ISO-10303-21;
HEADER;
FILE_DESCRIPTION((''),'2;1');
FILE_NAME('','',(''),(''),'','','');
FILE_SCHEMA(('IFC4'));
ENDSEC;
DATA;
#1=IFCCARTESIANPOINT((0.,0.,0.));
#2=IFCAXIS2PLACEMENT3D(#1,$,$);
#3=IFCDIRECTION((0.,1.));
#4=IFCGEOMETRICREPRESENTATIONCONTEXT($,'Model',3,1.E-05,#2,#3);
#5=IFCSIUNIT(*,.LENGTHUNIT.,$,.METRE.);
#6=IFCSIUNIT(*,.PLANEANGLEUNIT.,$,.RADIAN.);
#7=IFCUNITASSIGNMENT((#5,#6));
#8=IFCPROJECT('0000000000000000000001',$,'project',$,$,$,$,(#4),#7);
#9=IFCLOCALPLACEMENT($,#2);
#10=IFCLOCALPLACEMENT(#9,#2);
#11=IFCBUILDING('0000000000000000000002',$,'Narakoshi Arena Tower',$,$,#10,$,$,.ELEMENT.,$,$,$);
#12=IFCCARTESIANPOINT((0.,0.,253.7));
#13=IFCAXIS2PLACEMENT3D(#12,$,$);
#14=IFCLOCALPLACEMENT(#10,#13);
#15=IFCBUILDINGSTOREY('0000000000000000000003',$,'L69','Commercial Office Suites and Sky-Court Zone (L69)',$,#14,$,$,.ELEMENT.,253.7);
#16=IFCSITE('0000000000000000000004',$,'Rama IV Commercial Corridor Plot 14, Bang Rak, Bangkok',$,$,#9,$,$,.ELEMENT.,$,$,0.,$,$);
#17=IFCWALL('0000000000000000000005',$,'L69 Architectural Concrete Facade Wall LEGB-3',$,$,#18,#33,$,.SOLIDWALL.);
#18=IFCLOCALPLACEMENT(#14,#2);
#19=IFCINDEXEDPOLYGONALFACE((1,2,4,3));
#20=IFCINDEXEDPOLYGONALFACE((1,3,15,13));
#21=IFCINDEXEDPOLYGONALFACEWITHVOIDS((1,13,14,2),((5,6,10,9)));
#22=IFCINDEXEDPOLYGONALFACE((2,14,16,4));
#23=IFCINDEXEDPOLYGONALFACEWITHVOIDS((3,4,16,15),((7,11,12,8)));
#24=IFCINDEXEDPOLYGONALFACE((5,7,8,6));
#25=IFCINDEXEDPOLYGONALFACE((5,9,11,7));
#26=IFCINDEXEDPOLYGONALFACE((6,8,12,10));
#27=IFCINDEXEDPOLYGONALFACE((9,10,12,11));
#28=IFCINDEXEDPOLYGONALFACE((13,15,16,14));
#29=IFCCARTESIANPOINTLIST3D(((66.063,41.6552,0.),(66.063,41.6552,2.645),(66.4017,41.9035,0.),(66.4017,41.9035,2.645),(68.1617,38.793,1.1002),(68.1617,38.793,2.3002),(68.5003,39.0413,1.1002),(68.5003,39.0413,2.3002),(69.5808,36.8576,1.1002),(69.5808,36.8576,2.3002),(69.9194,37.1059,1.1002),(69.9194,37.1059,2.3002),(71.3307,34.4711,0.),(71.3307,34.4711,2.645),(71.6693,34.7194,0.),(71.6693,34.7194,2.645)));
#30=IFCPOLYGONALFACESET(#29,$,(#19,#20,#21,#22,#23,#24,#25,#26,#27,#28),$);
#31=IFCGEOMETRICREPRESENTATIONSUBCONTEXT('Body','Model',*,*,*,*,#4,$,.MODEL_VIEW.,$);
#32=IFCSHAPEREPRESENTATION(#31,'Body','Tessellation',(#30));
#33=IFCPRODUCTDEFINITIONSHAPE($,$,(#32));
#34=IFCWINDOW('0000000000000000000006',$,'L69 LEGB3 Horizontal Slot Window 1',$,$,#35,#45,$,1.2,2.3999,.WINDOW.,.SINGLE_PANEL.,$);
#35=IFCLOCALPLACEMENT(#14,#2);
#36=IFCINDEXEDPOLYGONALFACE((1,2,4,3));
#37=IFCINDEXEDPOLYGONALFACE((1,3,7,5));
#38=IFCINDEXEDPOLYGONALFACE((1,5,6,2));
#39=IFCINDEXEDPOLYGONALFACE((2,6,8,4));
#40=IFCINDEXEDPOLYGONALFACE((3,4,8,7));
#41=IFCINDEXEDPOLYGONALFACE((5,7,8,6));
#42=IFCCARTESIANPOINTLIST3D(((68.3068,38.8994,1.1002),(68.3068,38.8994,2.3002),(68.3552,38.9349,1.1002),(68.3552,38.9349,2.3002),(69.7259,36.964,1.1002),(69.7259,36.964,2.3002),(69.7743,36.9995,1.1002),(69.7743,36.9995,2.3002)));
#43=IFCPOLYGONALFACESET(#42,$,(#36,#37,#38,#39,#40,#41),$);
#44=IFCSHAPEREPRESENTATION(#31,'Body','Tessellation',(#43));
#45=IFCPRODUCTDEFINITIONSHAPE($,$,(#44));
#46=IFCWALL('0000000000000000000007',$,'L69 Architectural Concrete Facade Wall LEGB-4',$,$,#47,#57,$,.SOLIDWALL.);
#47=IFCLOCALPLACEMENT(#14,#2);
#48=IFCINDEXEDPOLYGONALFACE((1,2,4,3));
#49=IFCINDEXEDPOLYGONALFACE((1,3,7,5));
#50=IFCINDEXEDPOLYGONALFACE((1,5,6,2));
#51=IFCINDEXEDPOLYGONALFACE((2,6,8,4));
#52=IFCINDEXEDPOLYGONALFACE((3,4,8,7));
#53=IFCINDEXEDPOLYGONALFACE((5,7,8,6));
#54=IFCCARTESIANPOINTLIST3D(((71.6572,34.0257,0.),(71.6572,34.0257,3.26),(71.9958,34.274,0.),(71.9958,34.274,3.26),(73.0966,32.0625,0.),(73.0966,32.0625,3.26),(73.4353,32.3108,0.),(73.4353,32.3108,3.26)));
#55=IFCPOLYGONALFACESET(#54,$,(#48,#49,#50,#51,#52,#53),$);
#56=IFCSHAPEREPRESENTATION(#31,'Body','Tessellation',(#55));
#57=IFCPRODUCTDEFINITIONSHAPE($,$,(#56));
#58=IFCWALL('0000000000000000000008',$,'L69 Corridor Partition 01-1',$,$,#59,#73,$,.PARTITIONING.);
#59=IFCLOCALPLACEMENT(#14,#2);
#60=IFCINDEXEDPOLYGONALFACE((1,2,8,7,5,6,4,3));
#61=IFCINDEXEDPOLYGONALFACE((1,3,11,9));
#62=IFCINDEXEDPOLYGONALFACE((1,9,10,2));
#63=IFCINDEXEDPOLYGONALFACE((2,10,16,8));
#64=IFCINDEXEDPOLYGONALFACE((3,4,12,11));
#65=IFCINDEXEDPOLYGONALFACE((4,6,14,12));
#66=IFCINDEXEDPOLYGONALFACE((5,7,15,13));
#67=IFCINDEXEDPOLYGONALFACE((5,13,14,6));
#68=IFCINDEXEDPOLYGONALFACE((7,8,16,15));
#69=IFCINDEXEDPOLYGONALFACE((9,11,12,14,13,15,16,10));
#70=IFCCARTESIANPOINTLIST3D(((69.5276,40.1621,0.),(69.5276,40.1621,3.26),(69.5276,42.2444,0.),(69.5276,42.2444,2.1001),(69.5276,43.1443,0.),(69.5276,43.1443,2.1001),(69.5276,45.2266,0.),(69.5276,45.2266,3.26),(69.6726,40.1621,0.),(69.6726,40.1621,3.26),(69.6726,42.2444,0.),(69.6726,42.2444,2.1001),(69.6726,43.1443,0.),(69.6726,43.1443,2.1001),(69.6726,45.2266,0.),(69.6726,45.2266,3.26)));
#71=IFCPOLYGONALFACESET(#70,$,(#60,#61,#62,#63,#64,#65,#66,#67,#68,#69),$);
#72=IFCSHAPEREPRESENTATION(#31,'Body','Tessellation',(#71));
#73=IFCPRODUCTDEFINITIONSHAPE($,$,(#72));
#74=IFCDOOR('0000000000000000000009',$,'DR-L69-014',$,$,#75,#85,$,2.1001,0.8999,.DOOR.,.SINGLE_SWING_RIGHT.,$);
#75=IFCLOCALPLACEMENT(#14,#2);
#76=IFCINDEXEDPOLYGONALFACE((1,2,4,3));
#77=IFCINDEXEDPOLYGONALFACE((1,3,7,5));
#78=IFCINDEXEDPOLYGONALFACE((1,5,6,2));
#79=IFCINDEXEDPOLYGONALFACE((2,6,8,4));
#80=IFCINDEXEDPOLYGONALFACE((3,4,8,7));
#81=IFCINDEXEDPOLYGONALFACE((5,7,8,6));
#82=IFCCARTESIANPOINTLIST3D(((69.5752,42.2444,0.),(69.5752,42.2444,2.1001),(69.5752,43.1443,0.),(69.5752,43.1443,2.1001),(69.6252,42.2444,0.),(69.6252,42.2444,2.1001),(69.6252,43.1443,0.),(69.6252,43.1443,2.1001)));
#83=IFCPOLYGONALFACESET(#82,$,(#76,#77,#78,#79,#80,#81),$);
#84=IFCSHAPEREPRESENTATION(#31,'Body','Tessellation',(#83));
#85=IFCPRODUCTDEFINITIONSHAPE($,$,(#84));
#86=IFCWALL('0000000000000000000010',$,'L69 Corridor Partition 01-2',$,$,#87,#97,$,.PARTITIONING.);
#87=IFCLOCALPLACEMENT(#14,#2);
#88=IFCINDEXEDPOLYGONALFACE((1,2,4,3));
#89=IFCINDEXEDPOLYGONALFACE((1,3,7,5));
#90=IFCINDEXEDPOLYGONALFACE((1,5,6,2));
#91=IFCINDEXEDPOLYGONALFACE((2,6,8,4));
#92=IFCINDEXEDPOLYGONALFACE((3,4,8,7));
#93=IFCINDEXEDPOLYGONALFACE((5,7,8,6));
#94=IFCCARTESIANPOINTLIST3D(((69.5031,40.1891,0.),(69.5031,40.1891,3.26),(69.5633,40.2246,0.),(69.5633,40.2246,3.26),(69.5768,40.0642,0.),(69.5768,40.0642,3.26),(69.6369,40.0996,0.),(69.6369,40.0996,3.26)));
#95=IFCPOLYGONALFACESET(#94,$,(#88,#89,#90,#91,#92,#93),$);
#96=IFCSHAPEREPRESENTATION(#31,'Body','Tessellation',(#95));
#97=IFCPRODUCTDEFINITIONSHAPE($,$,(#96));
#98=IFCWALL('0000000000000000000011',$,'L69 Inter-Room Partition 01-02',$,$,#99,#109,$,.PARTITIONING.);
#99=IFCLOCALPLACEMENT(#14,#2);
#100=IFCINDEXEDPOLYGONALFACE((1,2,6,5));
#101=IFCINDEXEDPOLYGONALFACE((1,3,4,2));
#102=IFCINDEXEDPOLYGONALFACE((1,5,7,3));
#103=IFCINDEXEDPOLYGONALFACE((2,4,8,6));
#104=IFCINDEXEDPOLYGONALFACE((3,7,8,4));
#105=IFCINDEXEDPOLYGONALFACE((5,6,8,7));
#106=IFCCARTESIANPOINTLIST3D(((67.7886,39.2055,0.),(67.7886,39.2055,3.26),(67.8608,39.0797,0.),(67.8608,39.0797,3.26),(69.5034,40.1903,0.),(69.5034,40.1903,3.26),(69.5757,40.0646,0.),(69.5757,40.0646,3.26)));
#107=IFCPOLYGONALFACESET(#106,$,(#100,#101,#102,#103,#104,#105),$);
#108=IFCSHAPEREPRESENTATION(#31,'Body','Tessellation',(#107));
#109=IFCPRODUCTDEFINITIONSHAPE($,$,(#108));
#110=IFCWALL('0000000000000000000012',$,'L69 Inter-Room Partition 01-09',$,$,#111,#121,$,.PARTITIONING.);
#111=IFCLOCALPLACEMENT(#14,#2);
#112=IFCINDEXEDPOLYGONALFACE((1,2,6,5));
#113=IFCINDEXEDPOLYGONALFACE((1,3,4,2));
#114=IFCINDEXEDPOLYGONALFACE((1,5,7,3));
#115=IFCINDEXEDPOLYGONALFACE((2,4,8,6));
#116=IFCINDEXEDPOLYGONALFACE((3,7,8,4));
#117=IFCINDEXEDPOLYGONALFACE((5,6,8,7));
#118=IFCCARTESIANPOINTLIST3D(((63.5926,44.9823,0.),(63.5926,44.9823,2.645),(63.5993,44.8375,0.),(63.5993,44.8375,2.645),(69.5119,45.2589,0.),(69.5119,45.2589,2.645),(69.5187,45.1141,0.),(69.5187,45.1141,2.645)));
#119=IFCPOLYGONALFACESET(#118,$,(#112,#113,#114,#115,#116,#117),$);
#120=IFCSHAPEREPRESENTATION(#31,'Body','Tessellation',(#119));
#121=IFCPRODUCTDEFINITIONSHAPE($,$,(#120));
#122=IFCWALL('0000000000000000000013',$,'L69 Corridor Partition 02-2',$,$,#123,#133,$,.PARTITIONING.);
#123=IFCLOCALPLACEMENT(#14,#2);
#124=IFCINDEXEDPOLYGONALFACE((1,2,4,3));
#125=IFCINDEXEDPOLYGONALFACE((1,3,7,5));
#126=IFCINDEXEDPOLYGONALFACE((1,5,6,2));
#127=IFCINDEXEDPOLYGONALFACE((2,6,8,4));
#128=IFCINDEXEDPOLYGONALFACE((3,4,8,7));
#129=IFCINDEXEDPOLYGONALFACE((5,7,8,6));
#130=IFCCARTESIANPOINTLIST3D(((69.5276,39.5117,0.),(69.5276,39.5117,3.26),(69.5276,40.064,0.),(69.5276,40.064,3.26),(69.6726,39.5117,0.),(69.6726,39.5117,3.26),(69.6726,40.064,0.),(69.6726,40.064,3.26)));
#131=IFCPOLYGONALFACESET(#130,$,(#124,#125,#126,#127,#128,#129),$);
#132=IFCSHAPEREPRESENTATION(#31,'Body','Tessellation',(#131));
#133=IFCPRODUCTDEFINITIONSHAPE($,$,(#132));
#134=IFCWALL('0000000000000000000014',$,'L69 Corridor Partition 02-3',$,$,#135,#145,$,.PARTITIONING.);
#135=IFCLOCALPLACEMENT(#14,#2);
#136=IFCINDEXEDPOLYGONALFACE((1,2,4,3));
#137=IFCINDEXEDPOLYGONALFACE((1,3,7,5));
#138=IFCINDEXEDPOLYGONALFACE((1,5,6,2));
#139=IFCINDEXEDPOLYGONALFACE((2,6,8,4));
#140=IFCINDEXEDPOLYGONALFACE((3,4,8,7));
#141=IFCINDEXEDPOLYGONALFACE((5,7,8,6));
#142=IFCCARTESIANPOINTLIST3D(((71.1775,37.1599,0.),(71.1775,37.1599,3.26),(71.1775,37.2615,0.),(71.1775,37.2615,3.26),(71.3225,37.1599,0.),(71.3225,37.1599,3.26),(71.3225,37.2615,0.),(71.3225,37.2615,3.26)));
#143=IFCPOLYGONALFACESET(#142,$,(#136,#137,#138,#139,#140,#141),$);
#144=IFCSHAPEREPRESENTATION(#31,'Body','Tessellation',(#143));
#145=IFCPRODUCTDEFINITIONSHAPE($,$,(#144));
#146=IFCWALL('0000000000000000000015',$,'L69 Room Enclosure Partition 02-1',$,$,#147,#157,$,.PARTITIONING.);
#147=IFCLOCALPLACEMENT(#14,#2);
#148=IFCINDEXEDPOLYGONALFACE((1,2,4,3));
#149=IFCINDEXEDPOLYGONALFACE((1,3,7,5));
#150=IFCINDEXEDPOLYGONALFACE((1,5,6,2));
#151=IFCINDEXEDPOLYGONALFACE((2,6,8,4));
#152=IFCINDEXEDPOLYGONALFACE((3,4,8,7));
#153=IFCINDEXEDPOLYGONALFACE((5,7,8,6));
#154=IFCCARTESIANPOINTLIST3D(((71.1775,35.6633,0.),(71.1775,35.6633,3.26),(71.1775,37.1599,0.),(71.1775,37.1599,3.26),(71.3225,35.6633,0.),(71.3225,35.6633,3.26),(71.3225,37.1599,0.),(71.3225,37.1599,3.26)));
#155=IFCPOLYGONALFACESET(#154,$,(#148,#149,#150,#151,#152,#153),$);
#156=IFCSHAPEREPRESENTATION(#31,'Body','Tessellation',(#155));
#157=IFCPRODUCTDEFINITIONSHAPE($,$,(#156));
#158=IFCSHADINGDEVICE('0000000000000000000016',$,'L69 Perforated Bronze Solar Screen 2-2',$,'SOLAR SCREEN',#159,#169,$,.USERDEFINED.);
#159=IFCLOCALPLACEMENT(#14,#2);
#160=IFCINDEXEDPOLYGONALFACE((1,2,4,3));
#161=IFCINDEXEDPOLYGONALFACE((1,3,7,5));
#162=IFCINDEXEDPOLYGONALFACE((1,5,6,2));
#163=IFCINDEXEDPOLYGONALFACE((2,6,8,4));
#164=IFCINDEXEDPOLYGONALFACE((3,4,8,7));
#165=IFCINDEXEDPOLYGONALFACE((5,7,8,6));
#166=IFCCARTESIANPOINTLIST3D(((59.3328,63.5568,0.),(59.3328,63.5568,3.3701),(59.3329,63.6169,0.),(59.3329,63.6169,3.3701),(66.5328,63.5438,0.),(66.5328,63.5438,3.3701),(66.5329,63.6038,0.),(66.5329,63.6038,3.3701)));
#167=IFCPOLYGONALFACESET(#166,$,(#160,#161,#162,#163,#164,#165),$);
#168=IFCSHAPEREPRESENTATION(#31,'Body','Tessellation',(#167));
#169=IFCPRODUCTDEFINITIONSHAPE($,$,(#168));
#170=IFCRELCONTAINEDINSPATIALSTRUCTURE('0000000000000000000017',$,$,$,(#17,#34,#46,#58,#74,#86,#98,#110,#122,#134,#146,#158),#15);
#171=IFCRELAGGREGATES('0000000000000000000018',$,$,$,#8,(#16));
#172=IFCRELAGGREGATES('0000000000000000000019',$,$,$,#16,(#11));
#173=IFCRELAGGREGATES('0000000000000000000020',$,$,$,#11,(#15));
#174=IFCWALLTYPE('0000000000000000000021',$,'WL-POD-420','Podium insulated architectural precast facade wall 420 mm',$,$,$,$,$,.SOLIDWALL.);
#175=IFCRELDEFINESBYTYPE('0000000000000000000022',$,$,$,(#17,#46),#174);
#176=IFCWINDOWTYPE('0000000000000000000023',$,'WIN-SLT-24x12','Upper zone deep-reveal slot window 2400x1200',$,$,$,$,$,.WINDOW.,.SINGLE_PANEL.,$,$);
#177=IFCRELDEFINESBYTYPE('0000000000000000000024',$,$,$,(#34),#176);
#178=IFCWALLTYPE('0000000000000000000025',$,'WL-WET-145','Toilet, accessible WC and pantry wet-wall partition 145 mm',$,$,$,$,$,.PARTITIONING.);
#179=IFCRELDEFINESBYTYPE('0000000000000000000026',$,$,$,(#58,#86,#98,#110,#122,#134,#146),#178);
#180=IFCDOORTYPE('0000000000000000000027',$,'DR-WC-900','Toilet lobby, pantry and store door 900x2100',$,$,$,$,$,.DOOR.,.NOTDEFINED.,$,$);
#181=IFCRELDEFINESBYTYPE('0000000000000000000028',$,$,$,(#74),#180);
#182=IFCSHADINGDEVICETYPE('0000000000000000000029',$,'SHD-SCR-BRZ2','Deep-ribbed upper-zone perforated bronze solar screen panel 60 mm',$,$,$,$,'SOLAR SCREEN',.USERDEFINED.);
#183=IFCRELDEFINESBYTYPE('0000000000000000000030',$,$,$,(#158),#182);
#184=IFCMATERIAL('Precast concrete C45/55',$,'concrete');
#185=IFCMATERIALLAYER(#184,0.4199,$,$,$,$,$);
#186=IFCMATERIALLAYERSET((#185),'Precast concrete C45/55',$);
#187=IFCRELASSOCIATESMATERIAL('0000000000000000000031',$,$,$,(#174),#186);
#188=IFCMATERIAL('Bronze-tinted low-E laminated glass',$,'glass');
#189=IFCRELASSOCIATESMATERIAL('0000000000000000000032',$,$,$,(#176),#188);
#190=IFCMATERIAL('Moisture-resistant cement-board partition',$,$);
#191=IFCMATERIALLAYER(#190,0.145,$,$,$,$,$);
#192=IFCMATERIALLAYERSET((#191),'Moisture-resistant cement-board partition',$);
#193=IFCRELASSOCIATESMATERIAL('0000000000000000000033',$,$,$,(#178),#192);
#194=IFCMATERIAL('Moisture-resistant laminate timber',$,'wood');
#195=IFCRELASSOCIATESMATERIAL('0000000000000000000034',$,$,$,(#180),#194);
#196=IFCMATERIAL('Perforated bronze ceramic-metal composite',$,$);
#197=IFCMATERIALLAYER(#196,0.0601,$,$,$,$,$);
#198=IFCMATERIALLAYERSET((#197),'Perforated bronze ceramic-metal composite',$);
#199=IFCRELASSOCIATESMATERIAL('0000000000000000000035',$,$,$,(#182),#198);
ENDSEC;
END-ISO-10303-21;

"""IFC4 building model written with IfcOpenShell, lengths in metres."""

from ifc_helpers import new_model, si_unit, direction, frame, frame_2d, origin, origin_2d, place, context, subcontext, project, spatial, rectangle, extrude, material, layer, layer_set, type_object, element, fill, save


model = new_model("IFC4")

# Units and contexts
model_context = context("Model", 3, precision=1e-05, world=origin(), true_north=direction((0.0, 1.0)))
body_context = subcontext(model_context, "Body", "Model", "MODEL_VIEW")
ifc_project = project(units=[si_unit("LENGTHUNIT", "METRE"), si_unit("PLANEANGLEUNIT", "RADIAN")], contexts=[model_context])

# Site, building, storey
site_placement = place(None, origin())
site = spatial("IfcSite", under=ifc_project, at=site_placement, Name="Rama IV Commercial Corridor Plot 14, Bang Rak, Bangkok", CompositionType="ELEMENT", RefElevation=0.0)
building_placement = place(site_placement, origin())
building = spatial("IfcBuilding", under=site, at=building_placement, Name="Narakoshi Arena Tower", CompositionType="ELEMENT")
storey_placement = place(building_placement, frame((0.0, 0.0, 253.7)))
storey = spatial("IfcBuildingStorey", under=building, at=storey_placement, Name="L69", Description="Commercial Office Suites and Sky-Court Zone (L69)", CompositionType="ELEMENT", Elevation=253.7)

# Shared definitions
ifc_material_1 = material(Name="Bronze-tinted low-E laminated glass", Category="glass")

# Wall, opening, window
ifc_material_2 = material(Name="Precast concrete C45/55", Category="concrete")
ifc_layer_1 = layer(ifc_material_2, 0.4199)
ifc_layer_set_1 = layer_set([ifc_layer_1], Name="Precast concrete C45/55")
wall_type_1 = type_object("IfcWallType", Name="WL-POD-420", Description="Podium insulated architectural precast facade wall 420 mm", PredefinedType="SOLIDWALL", material=ifc_layer_set_1)
wall_1_placement = place(storey_placement, frame((66.2324, 41.7793, 0.0), z_axis=(0.0, 0.0, 1.0), x_axis=(0.591309, -0.806445, 0.0)))
wall_1 = element("IfcWall", 1, at=wall_1_placement, inside=storey, type_object=wall_type_1, Name="L69 Architectural Concrete Facade Wall LEGB-3", PredefinedType="SOLIDWALL", context=body_context, shape_type="SweptSolid", body=[
    extrude(rectangle(XDim=8.9084, YDim=0.4199, at=frame_2d((4.4541, 0.0))), origin(), (0.0, 0.0, 1.0), 2.645),
])
opening_1_placement = place(wall_1_placement, frame((3.5491, 0.0, 1.1001)))
opening_1 = element("IfcOpeningElement", 2, at=opening_1_placement, cuts=wall_1, PredefinedType="OPENING", context=body_context, shape_type="SweptSolid", body=[
    extrude(rectangle(XDim=2.3999, YDim=1.2, at=frame_2d((1.2, 0.6001))), frame((0.0, 0.22, 0.0), z_axis=(0.0, -1.0, 0.0), x_axis=(1.0, 0.0, 0.0)), (0.0, 0.0, 1.0), 0.4399),
])
window_type = type_object("IfcWindowType", Name="WIN-SLT-24x12", Description="Upper zone deep-reveal slot window 2400x1200", PartitioningType="SINGLE_PANEL", PredefinedType="WINDOW", material=ifc_material_1)
window_placement = place(opening_1_placement, origin())
window = element("IfcWindow", 3, at=window_placement, inside=storey, type_object=window_type, Name="L69 LEGB3 Horizontal Slot Window 1", OverallHeight=1.2, OverallWidth=2.3999, PartitioningType="SINGLE_PANEL", PredefinedType="WINDOW", context=body_context, shape_type="SweptSolid", body=[
    extrude(rectangle(XDim=2.3999, YDim=1.2, at=frame_2d((1.2, 0.6001))), frame((0.0, 0.03, 0.0), z_axis=(0.0, -1.0, 0.0), x_axis=(1.0, 0.0, 0.0)), (0.0, 0.0, 1.0), 0.0601),
])
fill(opening_1, window)

# Wall
wall_2_placement = place(storey_placement, frame((71.8264, 34.1499, 0.0), z_axis=(0.0, 0.0, 1.0), x_axis=(0.591316, -0.80644, 0.0)))
element("IfcWall", 4, at=wall_2_placement, inside=storey, type_object=wall_type_1, Name="L69 Architectural Concrete Facade Wall LEGB-4", PredefinedType="SOLIDWALL", context=body_context, shape_type="SweptSolid", body=[
    extrude(rectangle(XDim=2.4343, YDim=0.4199, at=frame_2d((1.2173, 0.0))), origin(), (0.0, 0.0, 1.0), 3.26),
])

# Wall, opening, door
ifc_material_3 = material(Name="Moisture-resistant cement-board partition")
ifc_layer_2 = layer(ifc_material_3, 0.145)
ifc_layer_set_2 = layer_set([ifc_layer_2], Name="Moisture-resistant cement-board partition")
wall_type_2 = type_object("IfcWallType", Name="WL-WET-145", Description="Toilet, accessible WC and pantry wet-wall partition 145 mm", PredefinedType="PARTITIONING", material=ifc_layer_set_2)
wall_3_placement = place(storey_placement, frame((69.6001, 45.2266, 0.0), z_axis=(0.0, 0.0, 1.0), x_axis=(0.0, -1.0, 0.0)))
wall_3 = element("IfcWall", 5, at=wall_3_placement, inside=storey, type_object=wall_type_2, Name="L69 Corridor Partition 01-1", PredefinedType="PARTITIONING", context=body_context, shape_type="SweptSolid", body=[
    extrude(rectangle(XDim=5.0645, YDim=0.145, at=frame_2d((2.5322, 0.0))), origin(), (0.0, 0.0, 1.0), 3.26),
])
opening_2_placement = place(wall_3_placement, frame((2.0823, 0.0, 0.0)))
opening_2 = element("IfcOpeningElement", 6, at=opening_2_placement, cuts=wall_3, PredefinedType="OPENING", context=body_context, shape_type="SweptSolid", body=[
    extrude(rectangle(XDim=0.8999, YDim=2.1001, at=frame_2d((0.45, 1.05))), frame((0.0, 0.0825, 0.0), z_axis=(0.0, -1.0, 0.0), x_axis=(1.0, 0.0, 0.0)), (0.0, 0.0, 1.0), 0.165),
])
ifc_material_4 = material(Name="Moisture-resistant laminate timber", Category="wood")
door_type_1 = type_object("IfcDoorType", Name="DR-WC-900", Description="Toilet lobby, pantry and store door 900x2100", OperationType="NOTDEFINED", PredefinedType="DOOR", material=ifc_material_4)
door_1_placement = place(opening_2_placement, frame((0.8999, 0.0, 0.0), z_axis=(0.0, 0.0, 1.0), x_axis=(-1.0, 0.0, 0.0)))
door_1 = element("IfcDoor", 7, at=door_1_placement, inside=storey, type_object=door_type_1, Name="DR-L69-014", OperationType="SINGLE_SWING_RIGHT", OverallHeight=2.1001, OverallWidth=0.8999, PredefinedType="DOOR", context=body_context, shape_type="SweptSolid", body=[
    extrude(rectangle(XDim=0.8999, YDim=2.1001, at=frame_2d((0.45, 1.05))), frame((0.0, 0.0249, 0.0), z_axis=(0.0, -1.0, 0.0), x_axis=(1.0, 0.0, 0.0)), (0.0, 0.0, 1.0), 0.05),
])
fill(opening_2, door_1)

# Walls
wall_4_placement = place(storey_placement, frame((69.6001, 40.1621, 0.0), z_axis=(0.0, 0.0, 1.0), x_axis=(-0.861484, -0.507785, 0.0)))
element("IfcWall", 8, at=wall_4_placement, inside=storey, type_object=wall_type_2, Name="L69 Corridor Partition 01-2", PredefinedType="PARTITIONING", context=body_context, shape_type="SweptSolid", body=[
    extrude(rectangle(XDim=0.0698, YDim=0.145, at=frame_2d((0.0349, 0.0))), origin(), (0.0, 0.0, 1.0), 3.26),
])
wall_5_placement = place(storey_placement, frame((69.5396, 40.1274, 0.0), z_axis=(0.0, 0.0, 1.0), x_axis=(-0.867162, -0.498026, 0.0)))
element("IfcWall", 9, at=wall_5_placement, inside=storey, type_object=wall_type_2, Name="L69 Inter-Room Partition 01-02", PredefinedType="PARTITIONING", context=body_context, shape_type="SweptSolid", body=[
    extrude(rectangle(XDim=1.9775, YDim=0.145, at=frame_2d((0.9888, 0.0))), origin(), (0.0, 0.0, 1.0), 3.26),
])
wall_6_placement = place(storey_placement, frame((63.5959, 44.9099, 0.0), z_axis=(0.0, 0.0, 1.0), x_axis=(0.99891, 0.046678, 0.0)))
element("IfcWall", 10, at=wall_6_placement, inside=storey, type_object=wall_type_2, Name="L69 Inter-Room Partition 01-09", PredefinedType="PARTITIONING", context=body_context, shape_type="SweptSolid", body=[
    extrude(rectangle(XDim=5.9258, YDim=0.145, at=frame_2d((2.9629, 0.0))), origin(), (0.0, 0.0, 1.0), 2.645),
])

# Walls
wall_7_placement = place(storey_placement, frame((69.6001, 40.064, 0.0), z_axis=(0.0, 0.0, 1.0), x_axis=(0.0, -1.0, 0.0)))
element("IfcWall", 11, at=wall_7_placement, inside=storey, type_object=wall_type_2, Name="L69 Corridor Partition 02-2", PredefinedType="PARTITIONING", context=body_context, shape_type="SweptSolid", body=[
    extrude(rectangle(XDim=0.5522, YDim=0.145, at=frame_2d((0.2761, 0.0))), origin(), (0.0, 0.0, 1.0), 3.26),
])
wall_8_placement = place(storey_placement, frame((71.25, 37.2615, 0.0), z_axis=(0.0, 0.0, 1.0), x_axis=(0.0, -1.0, 0.0)))
element("IfcWall", 12, at=wall_8_placement, inside=storey, type_object=wall_type_2, Name="L69 Corridor Partition 02-3", PredefinedType="PARTITIONING", context=body_context, shape_type="SweptSolid", body=[
    extrude(rectangle(XDim=0.1016, YDim=0.145, at=frame_2d((0.0508, 0.0))), origin(), (0.0, 0.0, 1.0), 3.26),
])
wall_9_placement = place(storey_placement, frame((71.25, 37.1599, 0.0), z_axis=(0.0, 0.0, 1.0), x_axis=(0.0, -1.0, 0.0)))
element("IfcWall", 13, at=wall_9_placement, inside=storey, type_object=wall_type_2, Name="L69 Room Enclosure Partition 02-1", PredefinedType="PARTITIONING", context=body_context, shape_type="SweptSolid", body=[
    extrude(rectangle(XDim=1.4966, YDim=0.145, at=frame_2d((0.7483, 0.0))), origin(), (0.0, 0.0, 1.0), 3.26),
])

# Shading device
ifc_material_5 = material(Name="Perforated bronze ceramic-metal composite")
ifc_layer_3 = layer(ifc_material_5, 0.0601)
ifc_layer_set_3 = layer_set([ifc_layer_3], Name="Perforated bronze ceramic-metal composite")
shading_device_type = type_object("IfcShadingDeviceType", Name="SHD-SCR-BRZ2", Description="Deep-ribbed upper-zone perforated bronze solar screen panel 60 mm", ElementType="SOLAR SCREEN", PredefinedType="USERDEFINED", material=ifc_layer_set_3)
shading_device_placement = place(storey_placement, frame((62.9329, 63.5803, 0.0), z_axis=(0.0, 0.0, 1.0), x_axis=(-0.999998, 0.001815, 0.0)))
element("IfcShadingDevice", 14, at=shading_device_placement, inside=storey, type_object=shading_device_type, Name="L69 Perforated Bronze Solar Screen 2-2", ObjectType="SOLAR SCREEN", PredefinedType="USERDEFINED", context=body_context, shape_type="SweptSolid", body=[
    extrude(rectangle(XDim=7.2, YDim=0.0601, at=origin_2d()), origin(), (0.0, 0.0, 1.0), 3.3701),
])

save(model, "model.ifc")
